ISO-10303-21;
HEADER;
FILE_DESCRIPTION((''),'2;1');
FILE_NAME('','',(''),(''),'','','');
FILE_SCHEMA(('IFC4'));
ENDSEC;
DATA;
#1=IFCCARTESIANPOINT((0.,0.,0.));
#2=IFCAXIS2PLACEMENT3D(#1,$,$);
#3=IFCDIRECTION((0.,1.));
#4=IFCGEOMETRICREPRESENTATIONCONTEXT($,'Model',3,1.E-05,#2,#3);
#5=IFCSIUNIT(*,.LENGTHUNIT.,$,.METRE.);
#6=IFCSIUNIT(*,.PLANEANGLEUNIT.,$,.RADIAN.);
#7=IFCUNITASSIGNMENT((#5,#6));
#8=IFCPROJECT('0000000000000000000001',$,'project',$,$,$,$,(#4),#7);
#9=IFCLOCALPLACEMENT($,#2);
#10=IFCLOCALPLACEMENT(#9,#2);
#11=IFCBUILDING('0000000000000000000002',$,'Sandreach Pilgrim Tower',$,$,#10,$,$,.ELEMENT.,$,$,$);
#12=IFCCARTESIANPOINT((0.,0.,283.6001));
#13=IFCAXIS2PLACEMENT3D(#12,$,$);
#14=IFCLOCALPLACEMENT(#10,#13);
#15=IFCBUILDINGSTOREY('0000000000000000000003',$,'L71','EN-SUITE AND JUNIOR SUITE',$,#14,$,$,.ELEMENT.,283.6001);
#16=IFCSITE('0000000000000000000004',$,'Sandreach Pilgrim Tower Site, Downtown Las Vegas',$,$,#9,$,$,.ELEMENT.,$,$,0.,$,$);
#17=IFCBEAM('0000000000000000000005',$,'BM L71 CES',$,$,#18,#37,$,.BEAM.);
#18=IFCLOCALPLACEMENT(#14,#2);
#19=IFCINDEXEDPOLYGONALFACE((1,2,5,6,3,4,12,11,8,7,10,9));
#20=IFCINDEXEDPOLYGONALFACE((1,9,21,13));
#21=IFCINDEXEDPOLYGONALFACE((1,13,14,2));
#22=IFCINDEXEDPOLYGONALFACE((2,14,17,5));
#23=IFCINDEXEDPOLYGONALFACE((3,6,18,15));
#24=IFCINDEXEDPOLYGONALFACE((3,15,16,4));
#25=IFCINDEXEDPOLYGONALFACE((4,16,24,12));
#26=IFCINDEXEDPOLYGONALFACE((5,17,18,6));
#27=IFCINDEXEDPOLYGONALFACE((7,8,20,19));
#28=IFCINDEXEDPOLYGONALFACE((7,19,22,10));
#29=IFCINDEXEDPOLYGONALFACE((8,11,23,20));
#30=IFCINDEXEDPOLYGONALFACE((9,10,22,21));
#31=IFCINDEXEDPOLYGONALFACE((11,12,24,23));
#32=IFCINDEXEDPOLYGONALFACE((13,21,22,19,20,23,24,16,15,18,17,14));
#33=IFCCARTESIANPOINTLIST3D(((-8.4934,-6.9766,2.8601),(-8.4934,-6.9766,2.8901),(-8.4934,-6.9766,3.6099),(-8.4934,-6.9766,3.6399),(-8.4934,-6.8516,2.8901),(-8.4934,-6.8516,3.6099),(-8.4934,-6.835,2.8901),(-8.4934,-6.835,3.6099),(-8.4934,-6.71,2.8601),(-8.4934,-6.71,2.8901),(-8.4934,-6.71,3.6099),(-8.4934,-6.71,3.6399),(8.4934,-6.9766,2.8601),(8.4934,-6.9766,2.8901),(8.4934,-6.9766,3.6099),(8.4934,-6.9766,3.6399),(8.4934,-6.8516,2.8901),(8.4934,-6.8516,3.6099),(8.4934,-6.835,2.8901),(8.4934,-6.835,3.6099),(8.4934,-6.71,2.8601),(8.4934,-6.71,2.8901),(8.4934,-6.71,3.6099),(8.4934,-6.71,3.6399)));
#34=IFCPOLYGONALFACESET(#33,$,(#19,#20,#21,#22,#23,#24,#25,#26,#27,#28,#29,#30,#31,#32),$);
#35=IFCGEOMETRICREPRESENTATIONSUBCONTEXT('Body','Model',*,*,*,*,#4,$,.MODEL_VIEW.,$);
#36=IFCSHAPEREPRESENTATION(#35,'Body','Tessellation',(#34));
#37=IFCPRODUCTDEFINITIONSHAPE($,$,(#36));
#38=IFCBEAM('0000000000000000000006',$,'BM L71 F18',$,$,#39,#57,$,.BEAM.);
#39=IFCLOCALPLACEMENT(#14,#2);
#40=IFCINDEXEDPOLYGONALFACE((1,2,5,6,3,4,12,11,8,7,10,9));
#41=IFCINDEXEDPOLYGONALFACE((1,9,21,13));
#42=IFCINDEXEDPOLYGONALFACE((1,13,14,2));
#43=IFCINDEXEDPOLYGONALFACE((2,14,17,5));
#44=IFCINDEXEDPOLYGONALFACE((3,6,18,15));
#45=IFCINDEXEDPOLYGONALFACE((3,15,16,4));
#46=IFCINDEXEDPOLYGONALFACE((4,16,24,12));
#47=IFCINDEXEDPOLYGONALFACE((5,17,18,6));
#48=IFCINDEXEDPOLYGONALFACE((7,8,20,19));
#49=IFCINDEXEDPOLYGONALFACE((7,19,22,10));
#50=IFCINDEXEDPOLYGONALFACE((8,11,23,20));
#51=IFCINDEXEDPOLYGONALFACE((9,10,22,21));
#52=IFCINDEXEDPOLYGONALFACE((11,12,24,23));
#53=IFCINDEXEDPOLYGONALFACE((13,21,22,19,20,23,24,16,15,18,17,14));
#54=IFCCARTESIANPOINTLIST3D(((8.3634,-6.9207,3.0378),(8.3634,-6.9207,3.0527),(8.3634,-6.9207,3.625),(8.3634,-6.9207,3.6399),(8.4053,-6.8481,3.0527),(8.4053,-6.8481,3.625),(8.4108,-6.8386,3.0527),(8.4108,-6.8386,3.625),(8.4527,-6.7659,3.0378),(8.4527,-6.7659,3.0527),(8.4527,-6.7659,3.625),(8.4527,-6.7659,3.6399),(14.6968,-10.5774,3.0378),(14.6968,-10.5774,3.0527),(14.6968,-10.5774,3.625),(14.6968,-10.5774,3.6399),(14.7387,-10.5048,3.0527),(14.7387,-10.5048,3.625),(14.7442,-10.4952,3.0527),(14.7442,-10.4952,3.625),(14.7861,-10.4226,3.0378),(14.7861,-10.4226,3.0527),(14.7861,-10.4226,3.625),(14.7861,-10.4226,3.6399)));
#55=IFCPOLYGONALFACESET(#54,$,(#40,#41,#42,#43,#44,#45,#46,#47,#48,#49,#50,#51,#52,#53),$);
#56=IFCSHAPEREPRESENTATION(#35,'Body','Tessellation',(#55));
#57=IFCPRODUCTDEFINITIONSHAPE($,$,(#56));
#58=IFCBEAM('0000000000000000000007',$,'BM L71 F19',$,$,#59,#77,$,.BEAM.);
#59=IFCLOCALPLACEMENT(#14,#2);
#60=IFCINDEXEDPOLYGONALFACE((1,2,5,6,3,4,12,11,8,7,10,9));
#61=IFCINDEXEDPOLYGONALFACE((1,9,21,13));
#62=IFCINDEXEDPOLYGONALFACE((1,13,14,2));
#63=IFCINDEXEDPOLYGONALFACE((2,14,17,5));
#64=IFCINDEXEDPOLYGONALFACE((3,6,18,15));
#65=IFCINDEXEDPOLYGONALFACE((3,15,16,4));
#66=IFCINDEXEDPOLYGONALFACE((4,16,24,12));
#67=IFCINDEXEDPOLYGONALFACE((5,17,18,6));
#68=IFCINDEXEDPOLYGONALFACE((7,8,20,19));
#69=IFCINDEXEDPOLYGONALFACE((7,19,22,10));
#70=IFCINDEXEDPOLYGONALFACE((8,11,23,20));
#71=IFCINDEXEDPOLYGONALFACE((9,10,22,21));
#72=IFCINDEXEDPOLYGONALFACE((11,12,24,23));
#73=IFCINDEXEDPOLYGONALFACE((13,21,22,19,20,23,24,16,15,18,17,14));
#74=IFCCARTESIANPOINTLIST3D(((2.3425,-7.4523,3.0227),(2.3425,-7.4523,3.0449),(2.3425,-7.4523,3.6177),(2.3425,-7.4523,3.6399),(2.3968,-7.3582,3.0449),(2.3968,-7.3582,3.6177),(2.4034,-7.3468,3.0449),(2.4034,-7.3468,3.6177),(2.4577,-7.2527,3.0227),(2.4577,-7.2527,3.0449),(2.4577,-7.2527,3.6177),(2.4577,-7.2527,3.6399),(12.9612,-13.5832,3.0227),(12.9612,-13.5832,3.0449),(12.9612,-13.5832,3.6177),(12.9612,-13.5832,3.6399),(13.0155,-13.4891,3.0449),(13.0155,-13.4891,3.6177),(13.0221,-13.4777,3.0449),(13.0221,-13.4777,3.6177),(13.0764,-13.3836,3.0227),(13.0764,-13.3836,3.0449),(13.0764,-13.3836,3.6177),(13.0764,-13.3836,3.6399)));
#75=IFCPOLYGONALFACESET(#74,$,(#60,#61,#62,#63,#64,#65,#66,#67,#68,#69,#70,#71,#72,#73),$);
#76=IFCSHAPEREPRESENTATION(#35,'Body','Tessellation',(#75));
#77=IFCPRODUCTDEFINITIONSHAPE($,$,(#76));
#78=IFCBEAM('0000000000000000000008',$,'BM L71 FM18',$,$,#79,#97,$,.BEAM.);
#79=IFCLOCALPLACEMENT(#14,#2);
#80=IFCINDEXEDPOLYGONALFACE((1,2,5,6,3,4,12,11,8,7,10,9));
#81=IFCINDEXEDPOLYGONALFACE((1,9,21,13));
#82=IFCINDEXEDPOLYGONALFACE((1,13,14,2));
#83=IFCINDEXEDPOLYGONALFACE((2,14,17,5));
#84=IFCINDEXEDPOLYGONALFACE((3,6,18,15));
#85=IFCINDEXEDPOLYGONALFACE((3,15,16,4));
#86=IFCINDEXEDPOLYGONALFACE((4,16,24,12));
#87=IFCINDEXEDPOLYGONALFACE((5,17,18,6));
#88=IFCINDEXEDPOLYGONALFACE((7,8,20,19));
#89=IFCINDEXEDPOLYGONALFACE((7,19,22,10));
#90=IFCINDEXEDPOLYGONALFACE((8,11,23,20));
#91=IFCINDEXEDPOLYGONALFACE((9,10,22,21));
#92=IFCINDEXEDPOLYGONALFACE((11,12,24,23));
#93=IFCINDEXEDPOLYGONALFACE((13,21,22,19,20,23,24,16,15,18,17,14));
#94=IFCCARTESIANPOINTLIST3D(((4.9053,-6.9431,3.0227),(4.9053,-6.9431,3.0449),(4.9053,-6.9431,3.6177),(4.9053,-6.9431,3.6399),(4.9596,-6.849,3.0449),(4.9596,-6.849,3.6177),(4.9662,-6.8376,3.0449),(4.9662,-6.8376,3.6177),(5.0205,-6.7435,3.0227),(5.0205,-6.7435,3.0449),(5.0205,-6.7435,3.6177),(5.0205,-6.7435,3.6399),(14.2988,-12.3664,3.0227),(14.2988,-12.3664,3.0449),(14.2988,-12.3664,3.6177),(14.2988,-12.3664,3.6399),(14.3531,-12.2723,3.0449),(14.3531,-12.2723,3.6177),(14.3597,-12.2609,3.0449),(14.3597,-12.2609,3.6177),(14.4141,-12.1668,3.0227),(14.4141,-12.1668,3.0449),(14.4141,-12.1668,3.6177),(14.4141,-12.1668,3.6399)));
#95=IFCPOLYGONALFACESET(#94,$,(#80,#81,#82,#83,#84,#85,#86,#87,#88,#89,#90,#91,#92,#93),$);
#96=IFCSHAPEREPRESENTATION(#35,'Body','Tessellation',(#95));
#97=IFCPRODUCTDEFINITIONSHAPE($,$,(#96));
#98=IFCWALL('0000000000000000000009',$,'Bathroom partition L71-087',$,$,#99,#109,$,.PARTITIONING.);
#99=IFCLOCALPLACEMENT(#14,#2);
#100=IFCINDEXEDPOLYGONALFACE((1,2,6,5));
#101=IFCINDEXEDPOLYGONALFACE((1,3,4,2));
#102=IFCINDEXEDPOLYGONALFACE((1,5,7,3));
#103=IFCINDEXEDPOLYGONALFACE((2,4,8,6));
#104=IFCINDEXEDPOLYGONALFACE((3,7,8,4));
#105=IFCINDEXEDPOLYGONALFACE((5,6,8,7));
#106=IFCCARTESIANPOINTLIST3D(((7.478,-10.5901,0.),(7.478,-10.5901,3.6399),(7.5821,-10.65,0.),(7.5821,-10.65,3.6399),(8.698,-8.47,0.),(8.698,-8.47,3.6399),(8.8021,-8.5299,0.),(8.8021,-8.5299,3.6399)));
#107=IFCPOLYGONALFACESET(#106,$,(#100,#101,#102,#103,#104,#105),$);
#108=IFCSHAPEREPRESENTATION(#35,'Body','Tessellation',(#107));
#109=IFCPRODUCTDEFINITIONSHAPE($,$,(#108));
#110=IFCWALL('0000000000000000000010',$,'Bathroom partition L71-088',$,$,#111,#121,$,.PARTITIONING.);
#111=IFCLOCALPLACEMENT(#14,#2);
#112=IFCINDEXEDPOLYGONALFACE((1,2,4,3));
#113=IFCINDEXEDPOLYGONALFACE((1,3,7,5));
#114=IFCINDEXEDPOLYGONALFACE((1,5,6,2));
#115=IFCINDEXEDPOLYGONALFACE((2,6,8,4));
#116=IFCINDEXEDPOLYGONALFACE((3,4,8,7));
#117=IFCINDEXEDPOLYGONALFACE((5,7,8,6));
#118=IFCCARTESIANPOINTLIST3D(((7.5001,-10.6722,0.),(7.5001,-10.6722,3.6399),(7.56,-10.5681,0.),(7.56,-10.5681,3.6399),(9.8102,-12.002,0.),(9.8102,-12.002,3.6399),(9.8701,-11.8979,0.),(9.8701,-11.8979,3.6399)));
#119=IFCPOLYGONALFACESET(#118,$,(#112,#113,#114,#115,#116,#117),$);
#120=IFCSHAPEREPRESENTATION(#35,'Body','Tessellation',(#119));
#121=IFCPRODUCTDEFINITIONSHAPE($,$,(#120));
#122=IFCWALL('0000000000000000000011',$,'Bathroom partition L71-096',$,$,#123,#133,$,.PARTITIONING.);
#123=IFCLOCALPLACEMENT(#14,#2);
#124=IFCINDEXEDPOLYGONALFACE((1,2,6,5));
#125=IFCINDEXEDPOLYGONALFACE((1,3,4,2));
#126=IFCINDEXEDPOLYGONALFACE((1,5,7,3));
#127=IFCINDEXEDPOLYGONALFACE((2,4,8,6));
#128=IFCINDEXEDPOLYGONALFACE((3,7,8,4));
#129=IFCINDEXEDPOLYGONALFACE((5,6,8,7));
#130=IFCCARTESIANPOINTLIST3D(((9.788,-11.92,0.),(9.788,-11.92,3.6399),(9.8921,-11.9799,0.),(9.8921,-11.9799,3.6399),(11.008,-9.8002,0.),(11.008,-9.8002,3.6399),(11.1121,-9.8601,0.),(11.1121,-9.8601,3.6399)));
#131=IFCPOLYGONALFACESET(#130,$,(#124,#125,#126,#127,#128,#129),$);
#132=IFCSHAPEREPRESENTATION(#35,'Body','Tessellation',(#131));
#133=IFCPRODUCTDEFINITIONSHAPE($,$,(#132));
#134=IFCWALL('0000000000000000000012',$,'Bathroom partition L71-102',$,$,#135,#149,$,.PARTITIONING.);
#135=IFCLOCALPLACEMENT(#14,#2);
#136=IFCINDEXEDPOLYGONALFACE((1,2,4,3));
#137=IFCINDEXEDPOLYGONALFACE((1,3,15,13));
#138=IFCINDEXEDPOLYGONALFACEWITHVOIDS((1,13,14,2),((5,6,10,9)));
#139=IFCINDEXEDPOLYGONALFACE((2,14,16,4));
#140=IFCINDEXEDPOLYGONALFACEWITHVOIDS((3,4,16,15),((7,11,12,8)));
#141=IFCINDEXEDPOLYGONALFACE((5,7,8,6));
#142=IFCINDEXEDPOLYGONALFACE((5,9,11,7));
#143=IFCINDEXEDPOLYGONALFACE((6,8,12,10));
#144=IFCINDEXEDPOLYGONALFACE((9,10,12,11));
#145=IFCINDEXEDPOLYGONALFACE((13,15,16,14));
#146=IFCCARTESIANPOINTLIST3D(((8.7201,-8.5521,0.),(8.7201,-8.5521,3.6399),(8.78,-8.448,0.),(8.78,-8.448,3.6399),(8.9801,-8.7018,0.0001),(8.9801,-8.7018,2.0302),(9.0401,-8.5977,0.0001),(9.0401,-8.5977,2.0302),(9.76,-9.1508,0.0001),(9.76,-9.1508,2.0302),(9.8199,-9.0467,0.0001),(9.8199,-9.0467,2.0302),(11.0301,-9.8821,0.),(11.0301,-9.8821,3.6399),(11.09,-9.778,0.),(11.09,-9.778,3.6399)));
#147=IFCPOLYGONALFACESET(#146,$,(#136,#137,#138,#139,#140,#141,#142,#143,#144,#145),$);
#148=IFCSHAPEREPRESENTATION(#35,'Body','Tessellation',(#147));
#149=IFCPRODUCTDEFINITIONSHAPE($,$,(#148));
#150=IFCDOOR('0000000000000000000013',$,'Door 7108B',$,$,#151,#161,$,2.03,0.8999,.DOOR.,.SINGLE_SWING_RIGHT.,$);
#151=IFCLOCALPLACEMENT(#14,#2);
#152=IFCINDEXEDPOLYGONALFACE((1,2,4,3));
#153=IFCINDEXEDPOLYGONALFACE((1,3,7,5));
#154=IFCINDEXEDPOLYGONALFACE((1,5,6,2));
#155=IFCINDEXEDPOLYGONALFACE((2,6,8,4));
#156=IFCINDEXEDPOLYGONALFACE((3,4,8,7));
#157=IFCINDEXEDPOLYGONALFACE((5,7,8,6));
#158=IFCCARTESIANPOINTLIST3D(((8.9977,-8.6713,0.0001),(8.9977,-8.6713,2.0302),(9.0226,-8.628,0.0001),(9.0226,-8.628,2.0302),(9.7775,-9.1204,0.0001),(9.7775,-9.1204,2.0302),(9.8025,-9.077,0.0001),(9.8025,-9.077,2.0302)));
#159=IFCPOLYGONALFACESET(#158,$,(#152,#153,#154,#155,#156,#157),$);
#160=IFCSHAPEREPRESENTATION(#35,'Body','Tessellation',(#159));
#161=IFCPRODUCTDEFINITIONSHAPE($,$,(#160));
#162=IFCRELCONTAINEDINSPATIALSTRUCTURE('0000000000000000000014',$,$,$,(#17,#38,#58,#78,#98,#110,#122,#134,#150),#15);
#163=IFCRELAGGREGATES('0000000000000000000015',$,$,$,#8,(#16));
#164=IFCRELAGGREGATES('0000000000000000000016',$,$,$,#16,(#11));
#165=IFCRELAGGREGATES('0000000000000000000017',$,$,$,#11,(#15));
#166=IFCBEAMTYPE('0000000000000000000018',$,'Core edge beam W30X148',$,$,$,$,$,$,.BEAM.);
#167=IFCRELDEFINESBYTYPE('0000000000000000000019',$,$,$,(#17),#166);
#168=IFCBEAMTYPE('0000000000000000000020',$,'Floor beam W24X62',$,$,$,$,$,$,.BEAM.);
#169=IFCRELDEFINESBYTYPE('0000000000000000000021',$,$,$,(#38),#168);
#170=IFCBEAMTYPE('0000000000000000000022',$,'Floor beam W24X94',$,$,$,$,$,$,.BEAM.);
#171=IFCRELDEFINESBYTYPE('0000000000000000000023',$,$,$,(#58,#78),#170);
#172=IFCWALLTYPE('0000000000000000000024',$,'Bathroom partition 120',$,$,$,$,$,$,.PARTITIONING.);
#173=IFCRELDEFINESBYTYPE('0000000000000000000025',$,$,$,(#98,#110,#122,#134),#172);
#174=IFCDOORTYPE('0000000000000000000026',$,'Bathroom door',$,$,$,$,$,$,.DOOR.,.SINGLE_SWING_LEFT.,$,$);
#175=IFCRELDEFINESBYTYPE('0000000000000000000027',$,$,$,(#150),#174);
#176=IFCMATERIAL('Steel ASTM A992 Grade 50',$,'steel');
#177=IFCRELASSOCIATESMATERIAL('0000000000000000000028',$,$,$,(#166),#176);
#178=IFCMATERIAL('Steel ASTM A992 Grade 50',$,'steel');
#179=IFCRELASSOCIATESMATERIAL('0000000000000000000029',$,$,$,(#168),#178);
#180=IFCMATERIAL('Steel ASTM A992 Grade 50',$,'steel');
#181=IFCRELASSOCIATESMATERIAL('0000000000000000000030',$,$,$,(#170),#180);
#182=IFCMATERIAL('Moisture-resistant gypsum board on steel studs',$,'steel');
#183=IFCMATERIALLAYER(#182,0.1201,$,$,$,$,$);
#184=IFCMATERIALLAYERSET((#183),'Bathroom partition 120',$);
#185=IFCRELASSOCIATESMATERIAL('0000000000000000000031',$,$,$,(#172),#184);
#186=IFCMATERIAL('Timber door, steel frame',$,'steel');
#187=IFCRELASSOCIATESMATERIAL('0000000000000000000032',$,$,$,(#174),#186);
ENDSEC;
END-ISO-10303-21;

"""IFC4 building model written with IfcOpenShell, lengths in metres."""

from ifc_helpers import new_model, si_unit, direction, frame, frame_2d, origin, origin_2d, place, context, subcontext, project, spatial, rectangle, i_section, extrude, material, layer, layer_set, material_profile, profile_set, type_object, element, fill, save


model = new_model("IFC4")

# Units and contexts
model_context = context("Model", 3, precision=1e-05, world=origin(), true_north=direction((0.0, 1.0)))
body_context = subcontext(model_context, "Body", "Model", "MODEL_VIEW")
ifc_project = project(units=[si_unit("LENGTHUNIT", "METRE"), si_unit("PLANEANGLEUNIT", "RADIAN")], contexts=[model_context])

# Site, building, storey
site_placement = place(None, origin())
site = spatial("IfcSite", under=ifc_project, at=site_placement, Name="Sandreach Pilgrim Tower Site, Downtown Las Vegas", CompositionType="ELEMENT", RefElevation=0.0)
building_placement = place(site_placement, origin())
building = spatial("IfcBuilding", under=site, at=building_placement, Name="Sandreach Pilgrim Tower", CompositionType="ELEMENT")
storey_placement = place(building_placement, frame((0.0, 0.0, 283.6001)))
storey = spatial("IfcBuildingStorey", under=building, at=storey_placement, Name="L71", Description="EN-SUITE AND JUNIOR SUITE", CompositionType="ELEMENT", Elevation=283.6001)

# Beams
ifc_material_1 = material(Name="Steel ASTM A992 Grade 50", Category="steel")
ifc_material_profile_1 = material_profile(ifc_material_1, i_section(OverallWidth=0.2666, OverallDepth=0.7798, WebThickness=0.0166, FlangeThickness=0.03, at=origin_2d()), Name="W30X148")
ifc_profile_set_1 = profile_set([ifc_material_profile_1], Name="Steel ASTM A992 Grade 50")
beam_type_1 = type_object("IfcBeamType", Name="Core edge beam W30X148", PredefinedType="BEAM", material=ifc_profile_set_1)
beam_1_placement = place(storey_placement, frame((8.4934, -6.8433, 3.25), z_axis=(-1.0, 0.0, 0.0), x_axis=(0.0, -1.0, 0.0)))
element("IfcBeam", 1, at=beam_1_placement, inside=storey, type_object=beam_type_1, Name="BM L71 CES", PredefinedType="BEAM", context=body_context, shape_type="SweptSolid", body=[
    extrude(i_section(OverallWidth=0.2666, OverallDepth=0.7798, WebThickness=0.0166, FlangeThickness=0.03, at=origin_2d()), origin(), (0.0, 0.0, 1.0), 16.9868),
])
ifc_material_2 = material(Name="Steel ASTM A992 Grade 50", Category="steel")
ifc_material_profile_2 = material_profile(ifc_material_2, i_section(OverallWidth=0.1787, OverallDepth=0.6021, WebThickness=0.011, FlangeThickness=0.0149, at=origin_2d()), Name="W24X62")
ifc_profile_set_2 = profile_set([ifc_material_profile_2], Name="Steel ASTM A992 Grade 50")
beam_type_2 = type_object("IfcBeamType", Name="Floor beam W24X62", PredefinedType="BEAM", material=ifc_profile_set_2)
beam_2_placement = place(storey_placement, frame((14.7415, -10.5, 3.3389), z_axis=(-0.86602, 0.500009, 0.0), x_axis=(-0.500009, -0.86602, 0.0)))
element("IfcBeam", 2, at=beam_2_placement, inside=storey, type_object=beam_type_2, Name="BM L71 F18", PredefinedType="BEAM", context=body_context, shape_type="SweptSolid", body=[
    extrude(i_section(OverallWidth=0.1787, OverallDepth=0.6021, WebThickness=0.011, FlangeThickness=0.0149, at=origin_2d()), origin(), (0.0, 0.0, 1.0), 7.3132),
])
ifc_material_3 = material(Name="Steel ASTM A992 Grade 50", Category="steel")
ifc_material_profile_3 = material_profile(ifc_material_3, i_section(OverallWidth=0.2305, OverallDepth=0.6172, WebThickness=0.0132, FlangeThickness=0.0222, at=origin_2d()), Name="W24X94")
ifc_profile_set_3 = profile_set([ifc_material_profile_3], Name="Steel ASTM A992 Grade 50")
beam_type_3 = type_object("IfcBeamType", Name="Floor beam W24X94", PredefinedType="BEAM", material=ifc_profile_set_3)
beam_3_placement = place(storey_placement, frame((13.0188, -13.4834, 3.3313), z_axis=(-0.866019, 0.500011, 0.0), x_axis=(-0.500011, -0.866019, 0.0)))
element("IfcBeam", 3, at=beam_3_placement, inside=storey, type_object=beam_type_3, Name="BM L71 F19", PredefinedType="BEAM", context=body_context, shape_type="SweptSolid", body=[
    extrude(i_section(OverallWidth=0.2305, OverallDepth=0.6172, WebThickness=0.0132, FlangeThickness=0.0222, at=origin_2d()), origin(), (0.0, 0.0, 1.0), 12.2615),
])
beam_4_placement = place(storey_placement, frame((14.3564, -12.2666, 3.3313), z_axis=(-0.866027, 0.499998, 0.0), x_axis=(-0.499998, -0.866027, 0.0)))
element("IfcBeam", 4, at=beam_4_placement, inside=storey, type_object=beam_type_3, Name="BM L71 FM18", PredefinedType="BEAM", context=body_context, shape_type="SweptSolid", body=[
    extrude(i_section(OverallWidth=0.2305, OverallDepth=0.6172, WebThickness=0.0132, FlangeThickness=0.0222, at=origin_2d()), origin(), (0.0, 0.0, 1.0), 10.8467),
])

# Walls
ifc_material_4 = material(Name="Moisture-resistant gypsum board on steel studs", Category="steel")
ifc_layer_1 = layer(ifc_material_4, 0.1201)
ifc_layer_set_1 = layer_set([ifc_layer_1], Name="Bathroom partition 120")
wall_type_1 = type_object("IfcWallType", Name="Bathroom partition 120", PredefinedType="PARTITIONING", material=ifc_layer_set_1)
wall_1_placement = place(storey_placement, frame((7.53, -10.6201, 0.0), z_axis=(0.0, 0.0, 1.0), x_axis=(0.498749, 0.866747, 0.0)))
element("IfcWall", 5, at=wall_1_placement, inside=storey, type_object=wall_type_1, Name="Bathroom partition L71-087", PredefinedType="PARTITIONING", context=body_context, shape_type="SweptSolid", body=[
    extrude(rectangle(XDim=2.446, YDim=0.1201, at=frame_2d((1.2231, 0.0))), origin(), (0.0, 0.0, 1.0), 3.6399),
])
wall_2_placement = place(storey_placement, frame((7.53, -10.6201, 0.0), z_axis=(0.0, 0.0, 1.0), x_axis=(0.866655, -0.498908, 0.0)))
element("IfcWall", 6, at=wall_2_placement, inside=storey, type_object=wall_type_1, Name="Bathroom partition L71-088", PredefinedType="PARTITIONING", context=body_context, shape_type="SweptSolid", body=[
    extrude(rectangle(XDim=2.6655, YDim=0.1201, at=frame_2d((1.3328, 0.0))), origin(), (0.0, 0.0, 1.0), 3.6399),
])
wall_3_placement = place(storey_placement, frame((9.8401, -11.95, 0.0), z_axis=(0.0, 0.0, 1.0), x_axis=(0.498792, 0.866722, 0.0)))
element("IfcWall", 7, at=wall_3_placement, inside=storey, type_object=wall_type_1, Name="Bathroom partition L71-096", PredefinedType="PARTITIONING", context=body_context, shape_type="SweptSolid", body=[
    extrude(rectangle(XDim=2.4458, YDim=0.1201, at=frame_2d((1.2229, 0.0))), origin(), (0.0, 0.0, 1.0), 3.6399),
])

# Wall, opening, door
wall_4_placement = place(storey_placement, frame((11.0601, -9.8301, 0.0), z_axis=(0.0, 0.0, 1.0), x_axis=(-0.866615, 0.498977, 0.0)))
wall_4 = element("IfcWall", 8, at=wall_4_placement, inside=storey, type_object=wall_type_1, Name="Bathroom partition L71-102", PredefinedType="PARTITIONING", context=body_context, shape_type="SweptSolid", body=[
    extrude(rectangle(XDim=2.6655, YDim=0.1201, at=frame_2d((1.3328, 0.0))), origin(), (0.0, 0.0, 1.0), 3.6399),
])
opening_1_placement = place(wall_4_placement, frame((1.4656, 0.0, 0.0)))
opening_1 = element("IfcOpeningElement", 9, at=opening_1_placement, cuts=wall_4, PredefinedType="OPENING", context=body_context, shape_type="SweptSolid", body=[
    extrude(rectangle(XDim=0.8999, YDim=2.03, at=frame_2d((0.45, 1.0151))), frame((0.0, 0.0601, 0.0), z_axis=(0.0, -1.0, 0.0), x_axis=(1.0, 0.0, 0.0)), (0.0, 0.0, 1.0), 0.1201),
])
ifc_material_5 = material(Name="Timber door, steel frame", Category="steel")
door_type_1 = type_object("IfcDoorType", Name="Bathroom door", OperationType="SINGLE_SWING_LEFT", PredefinedType="DOOR", material=ifc_material_5)
door_1_placement = place(opening_1_placement, origin())
door_1 = element("IfcDoor", 10, at=door_1_placement, inside=storey, type_object=door_type_1, Name="Door 7108B", OperationType="SINGLE_SWING_RIGHT", OverallHeight=2.03, OverallWidth=0.8999, PredefinedType="DOOR", context=body_context, shape_type="SweptSolid", body=[
    extrude(rectangle(XDim=0.8999, YDim=2.03, at=frame_2d((0.45, 1.0151))), frame((0.0, 0.0249, 0.0), z_axis=(0.0, -1.0, 0.0), x_axis=(1.0, 0.0, 0.0)), (0.0, 0.0, 1.0), 0.05),
])
fill(opening_1, door_1)

save(model, "model.ifc")
